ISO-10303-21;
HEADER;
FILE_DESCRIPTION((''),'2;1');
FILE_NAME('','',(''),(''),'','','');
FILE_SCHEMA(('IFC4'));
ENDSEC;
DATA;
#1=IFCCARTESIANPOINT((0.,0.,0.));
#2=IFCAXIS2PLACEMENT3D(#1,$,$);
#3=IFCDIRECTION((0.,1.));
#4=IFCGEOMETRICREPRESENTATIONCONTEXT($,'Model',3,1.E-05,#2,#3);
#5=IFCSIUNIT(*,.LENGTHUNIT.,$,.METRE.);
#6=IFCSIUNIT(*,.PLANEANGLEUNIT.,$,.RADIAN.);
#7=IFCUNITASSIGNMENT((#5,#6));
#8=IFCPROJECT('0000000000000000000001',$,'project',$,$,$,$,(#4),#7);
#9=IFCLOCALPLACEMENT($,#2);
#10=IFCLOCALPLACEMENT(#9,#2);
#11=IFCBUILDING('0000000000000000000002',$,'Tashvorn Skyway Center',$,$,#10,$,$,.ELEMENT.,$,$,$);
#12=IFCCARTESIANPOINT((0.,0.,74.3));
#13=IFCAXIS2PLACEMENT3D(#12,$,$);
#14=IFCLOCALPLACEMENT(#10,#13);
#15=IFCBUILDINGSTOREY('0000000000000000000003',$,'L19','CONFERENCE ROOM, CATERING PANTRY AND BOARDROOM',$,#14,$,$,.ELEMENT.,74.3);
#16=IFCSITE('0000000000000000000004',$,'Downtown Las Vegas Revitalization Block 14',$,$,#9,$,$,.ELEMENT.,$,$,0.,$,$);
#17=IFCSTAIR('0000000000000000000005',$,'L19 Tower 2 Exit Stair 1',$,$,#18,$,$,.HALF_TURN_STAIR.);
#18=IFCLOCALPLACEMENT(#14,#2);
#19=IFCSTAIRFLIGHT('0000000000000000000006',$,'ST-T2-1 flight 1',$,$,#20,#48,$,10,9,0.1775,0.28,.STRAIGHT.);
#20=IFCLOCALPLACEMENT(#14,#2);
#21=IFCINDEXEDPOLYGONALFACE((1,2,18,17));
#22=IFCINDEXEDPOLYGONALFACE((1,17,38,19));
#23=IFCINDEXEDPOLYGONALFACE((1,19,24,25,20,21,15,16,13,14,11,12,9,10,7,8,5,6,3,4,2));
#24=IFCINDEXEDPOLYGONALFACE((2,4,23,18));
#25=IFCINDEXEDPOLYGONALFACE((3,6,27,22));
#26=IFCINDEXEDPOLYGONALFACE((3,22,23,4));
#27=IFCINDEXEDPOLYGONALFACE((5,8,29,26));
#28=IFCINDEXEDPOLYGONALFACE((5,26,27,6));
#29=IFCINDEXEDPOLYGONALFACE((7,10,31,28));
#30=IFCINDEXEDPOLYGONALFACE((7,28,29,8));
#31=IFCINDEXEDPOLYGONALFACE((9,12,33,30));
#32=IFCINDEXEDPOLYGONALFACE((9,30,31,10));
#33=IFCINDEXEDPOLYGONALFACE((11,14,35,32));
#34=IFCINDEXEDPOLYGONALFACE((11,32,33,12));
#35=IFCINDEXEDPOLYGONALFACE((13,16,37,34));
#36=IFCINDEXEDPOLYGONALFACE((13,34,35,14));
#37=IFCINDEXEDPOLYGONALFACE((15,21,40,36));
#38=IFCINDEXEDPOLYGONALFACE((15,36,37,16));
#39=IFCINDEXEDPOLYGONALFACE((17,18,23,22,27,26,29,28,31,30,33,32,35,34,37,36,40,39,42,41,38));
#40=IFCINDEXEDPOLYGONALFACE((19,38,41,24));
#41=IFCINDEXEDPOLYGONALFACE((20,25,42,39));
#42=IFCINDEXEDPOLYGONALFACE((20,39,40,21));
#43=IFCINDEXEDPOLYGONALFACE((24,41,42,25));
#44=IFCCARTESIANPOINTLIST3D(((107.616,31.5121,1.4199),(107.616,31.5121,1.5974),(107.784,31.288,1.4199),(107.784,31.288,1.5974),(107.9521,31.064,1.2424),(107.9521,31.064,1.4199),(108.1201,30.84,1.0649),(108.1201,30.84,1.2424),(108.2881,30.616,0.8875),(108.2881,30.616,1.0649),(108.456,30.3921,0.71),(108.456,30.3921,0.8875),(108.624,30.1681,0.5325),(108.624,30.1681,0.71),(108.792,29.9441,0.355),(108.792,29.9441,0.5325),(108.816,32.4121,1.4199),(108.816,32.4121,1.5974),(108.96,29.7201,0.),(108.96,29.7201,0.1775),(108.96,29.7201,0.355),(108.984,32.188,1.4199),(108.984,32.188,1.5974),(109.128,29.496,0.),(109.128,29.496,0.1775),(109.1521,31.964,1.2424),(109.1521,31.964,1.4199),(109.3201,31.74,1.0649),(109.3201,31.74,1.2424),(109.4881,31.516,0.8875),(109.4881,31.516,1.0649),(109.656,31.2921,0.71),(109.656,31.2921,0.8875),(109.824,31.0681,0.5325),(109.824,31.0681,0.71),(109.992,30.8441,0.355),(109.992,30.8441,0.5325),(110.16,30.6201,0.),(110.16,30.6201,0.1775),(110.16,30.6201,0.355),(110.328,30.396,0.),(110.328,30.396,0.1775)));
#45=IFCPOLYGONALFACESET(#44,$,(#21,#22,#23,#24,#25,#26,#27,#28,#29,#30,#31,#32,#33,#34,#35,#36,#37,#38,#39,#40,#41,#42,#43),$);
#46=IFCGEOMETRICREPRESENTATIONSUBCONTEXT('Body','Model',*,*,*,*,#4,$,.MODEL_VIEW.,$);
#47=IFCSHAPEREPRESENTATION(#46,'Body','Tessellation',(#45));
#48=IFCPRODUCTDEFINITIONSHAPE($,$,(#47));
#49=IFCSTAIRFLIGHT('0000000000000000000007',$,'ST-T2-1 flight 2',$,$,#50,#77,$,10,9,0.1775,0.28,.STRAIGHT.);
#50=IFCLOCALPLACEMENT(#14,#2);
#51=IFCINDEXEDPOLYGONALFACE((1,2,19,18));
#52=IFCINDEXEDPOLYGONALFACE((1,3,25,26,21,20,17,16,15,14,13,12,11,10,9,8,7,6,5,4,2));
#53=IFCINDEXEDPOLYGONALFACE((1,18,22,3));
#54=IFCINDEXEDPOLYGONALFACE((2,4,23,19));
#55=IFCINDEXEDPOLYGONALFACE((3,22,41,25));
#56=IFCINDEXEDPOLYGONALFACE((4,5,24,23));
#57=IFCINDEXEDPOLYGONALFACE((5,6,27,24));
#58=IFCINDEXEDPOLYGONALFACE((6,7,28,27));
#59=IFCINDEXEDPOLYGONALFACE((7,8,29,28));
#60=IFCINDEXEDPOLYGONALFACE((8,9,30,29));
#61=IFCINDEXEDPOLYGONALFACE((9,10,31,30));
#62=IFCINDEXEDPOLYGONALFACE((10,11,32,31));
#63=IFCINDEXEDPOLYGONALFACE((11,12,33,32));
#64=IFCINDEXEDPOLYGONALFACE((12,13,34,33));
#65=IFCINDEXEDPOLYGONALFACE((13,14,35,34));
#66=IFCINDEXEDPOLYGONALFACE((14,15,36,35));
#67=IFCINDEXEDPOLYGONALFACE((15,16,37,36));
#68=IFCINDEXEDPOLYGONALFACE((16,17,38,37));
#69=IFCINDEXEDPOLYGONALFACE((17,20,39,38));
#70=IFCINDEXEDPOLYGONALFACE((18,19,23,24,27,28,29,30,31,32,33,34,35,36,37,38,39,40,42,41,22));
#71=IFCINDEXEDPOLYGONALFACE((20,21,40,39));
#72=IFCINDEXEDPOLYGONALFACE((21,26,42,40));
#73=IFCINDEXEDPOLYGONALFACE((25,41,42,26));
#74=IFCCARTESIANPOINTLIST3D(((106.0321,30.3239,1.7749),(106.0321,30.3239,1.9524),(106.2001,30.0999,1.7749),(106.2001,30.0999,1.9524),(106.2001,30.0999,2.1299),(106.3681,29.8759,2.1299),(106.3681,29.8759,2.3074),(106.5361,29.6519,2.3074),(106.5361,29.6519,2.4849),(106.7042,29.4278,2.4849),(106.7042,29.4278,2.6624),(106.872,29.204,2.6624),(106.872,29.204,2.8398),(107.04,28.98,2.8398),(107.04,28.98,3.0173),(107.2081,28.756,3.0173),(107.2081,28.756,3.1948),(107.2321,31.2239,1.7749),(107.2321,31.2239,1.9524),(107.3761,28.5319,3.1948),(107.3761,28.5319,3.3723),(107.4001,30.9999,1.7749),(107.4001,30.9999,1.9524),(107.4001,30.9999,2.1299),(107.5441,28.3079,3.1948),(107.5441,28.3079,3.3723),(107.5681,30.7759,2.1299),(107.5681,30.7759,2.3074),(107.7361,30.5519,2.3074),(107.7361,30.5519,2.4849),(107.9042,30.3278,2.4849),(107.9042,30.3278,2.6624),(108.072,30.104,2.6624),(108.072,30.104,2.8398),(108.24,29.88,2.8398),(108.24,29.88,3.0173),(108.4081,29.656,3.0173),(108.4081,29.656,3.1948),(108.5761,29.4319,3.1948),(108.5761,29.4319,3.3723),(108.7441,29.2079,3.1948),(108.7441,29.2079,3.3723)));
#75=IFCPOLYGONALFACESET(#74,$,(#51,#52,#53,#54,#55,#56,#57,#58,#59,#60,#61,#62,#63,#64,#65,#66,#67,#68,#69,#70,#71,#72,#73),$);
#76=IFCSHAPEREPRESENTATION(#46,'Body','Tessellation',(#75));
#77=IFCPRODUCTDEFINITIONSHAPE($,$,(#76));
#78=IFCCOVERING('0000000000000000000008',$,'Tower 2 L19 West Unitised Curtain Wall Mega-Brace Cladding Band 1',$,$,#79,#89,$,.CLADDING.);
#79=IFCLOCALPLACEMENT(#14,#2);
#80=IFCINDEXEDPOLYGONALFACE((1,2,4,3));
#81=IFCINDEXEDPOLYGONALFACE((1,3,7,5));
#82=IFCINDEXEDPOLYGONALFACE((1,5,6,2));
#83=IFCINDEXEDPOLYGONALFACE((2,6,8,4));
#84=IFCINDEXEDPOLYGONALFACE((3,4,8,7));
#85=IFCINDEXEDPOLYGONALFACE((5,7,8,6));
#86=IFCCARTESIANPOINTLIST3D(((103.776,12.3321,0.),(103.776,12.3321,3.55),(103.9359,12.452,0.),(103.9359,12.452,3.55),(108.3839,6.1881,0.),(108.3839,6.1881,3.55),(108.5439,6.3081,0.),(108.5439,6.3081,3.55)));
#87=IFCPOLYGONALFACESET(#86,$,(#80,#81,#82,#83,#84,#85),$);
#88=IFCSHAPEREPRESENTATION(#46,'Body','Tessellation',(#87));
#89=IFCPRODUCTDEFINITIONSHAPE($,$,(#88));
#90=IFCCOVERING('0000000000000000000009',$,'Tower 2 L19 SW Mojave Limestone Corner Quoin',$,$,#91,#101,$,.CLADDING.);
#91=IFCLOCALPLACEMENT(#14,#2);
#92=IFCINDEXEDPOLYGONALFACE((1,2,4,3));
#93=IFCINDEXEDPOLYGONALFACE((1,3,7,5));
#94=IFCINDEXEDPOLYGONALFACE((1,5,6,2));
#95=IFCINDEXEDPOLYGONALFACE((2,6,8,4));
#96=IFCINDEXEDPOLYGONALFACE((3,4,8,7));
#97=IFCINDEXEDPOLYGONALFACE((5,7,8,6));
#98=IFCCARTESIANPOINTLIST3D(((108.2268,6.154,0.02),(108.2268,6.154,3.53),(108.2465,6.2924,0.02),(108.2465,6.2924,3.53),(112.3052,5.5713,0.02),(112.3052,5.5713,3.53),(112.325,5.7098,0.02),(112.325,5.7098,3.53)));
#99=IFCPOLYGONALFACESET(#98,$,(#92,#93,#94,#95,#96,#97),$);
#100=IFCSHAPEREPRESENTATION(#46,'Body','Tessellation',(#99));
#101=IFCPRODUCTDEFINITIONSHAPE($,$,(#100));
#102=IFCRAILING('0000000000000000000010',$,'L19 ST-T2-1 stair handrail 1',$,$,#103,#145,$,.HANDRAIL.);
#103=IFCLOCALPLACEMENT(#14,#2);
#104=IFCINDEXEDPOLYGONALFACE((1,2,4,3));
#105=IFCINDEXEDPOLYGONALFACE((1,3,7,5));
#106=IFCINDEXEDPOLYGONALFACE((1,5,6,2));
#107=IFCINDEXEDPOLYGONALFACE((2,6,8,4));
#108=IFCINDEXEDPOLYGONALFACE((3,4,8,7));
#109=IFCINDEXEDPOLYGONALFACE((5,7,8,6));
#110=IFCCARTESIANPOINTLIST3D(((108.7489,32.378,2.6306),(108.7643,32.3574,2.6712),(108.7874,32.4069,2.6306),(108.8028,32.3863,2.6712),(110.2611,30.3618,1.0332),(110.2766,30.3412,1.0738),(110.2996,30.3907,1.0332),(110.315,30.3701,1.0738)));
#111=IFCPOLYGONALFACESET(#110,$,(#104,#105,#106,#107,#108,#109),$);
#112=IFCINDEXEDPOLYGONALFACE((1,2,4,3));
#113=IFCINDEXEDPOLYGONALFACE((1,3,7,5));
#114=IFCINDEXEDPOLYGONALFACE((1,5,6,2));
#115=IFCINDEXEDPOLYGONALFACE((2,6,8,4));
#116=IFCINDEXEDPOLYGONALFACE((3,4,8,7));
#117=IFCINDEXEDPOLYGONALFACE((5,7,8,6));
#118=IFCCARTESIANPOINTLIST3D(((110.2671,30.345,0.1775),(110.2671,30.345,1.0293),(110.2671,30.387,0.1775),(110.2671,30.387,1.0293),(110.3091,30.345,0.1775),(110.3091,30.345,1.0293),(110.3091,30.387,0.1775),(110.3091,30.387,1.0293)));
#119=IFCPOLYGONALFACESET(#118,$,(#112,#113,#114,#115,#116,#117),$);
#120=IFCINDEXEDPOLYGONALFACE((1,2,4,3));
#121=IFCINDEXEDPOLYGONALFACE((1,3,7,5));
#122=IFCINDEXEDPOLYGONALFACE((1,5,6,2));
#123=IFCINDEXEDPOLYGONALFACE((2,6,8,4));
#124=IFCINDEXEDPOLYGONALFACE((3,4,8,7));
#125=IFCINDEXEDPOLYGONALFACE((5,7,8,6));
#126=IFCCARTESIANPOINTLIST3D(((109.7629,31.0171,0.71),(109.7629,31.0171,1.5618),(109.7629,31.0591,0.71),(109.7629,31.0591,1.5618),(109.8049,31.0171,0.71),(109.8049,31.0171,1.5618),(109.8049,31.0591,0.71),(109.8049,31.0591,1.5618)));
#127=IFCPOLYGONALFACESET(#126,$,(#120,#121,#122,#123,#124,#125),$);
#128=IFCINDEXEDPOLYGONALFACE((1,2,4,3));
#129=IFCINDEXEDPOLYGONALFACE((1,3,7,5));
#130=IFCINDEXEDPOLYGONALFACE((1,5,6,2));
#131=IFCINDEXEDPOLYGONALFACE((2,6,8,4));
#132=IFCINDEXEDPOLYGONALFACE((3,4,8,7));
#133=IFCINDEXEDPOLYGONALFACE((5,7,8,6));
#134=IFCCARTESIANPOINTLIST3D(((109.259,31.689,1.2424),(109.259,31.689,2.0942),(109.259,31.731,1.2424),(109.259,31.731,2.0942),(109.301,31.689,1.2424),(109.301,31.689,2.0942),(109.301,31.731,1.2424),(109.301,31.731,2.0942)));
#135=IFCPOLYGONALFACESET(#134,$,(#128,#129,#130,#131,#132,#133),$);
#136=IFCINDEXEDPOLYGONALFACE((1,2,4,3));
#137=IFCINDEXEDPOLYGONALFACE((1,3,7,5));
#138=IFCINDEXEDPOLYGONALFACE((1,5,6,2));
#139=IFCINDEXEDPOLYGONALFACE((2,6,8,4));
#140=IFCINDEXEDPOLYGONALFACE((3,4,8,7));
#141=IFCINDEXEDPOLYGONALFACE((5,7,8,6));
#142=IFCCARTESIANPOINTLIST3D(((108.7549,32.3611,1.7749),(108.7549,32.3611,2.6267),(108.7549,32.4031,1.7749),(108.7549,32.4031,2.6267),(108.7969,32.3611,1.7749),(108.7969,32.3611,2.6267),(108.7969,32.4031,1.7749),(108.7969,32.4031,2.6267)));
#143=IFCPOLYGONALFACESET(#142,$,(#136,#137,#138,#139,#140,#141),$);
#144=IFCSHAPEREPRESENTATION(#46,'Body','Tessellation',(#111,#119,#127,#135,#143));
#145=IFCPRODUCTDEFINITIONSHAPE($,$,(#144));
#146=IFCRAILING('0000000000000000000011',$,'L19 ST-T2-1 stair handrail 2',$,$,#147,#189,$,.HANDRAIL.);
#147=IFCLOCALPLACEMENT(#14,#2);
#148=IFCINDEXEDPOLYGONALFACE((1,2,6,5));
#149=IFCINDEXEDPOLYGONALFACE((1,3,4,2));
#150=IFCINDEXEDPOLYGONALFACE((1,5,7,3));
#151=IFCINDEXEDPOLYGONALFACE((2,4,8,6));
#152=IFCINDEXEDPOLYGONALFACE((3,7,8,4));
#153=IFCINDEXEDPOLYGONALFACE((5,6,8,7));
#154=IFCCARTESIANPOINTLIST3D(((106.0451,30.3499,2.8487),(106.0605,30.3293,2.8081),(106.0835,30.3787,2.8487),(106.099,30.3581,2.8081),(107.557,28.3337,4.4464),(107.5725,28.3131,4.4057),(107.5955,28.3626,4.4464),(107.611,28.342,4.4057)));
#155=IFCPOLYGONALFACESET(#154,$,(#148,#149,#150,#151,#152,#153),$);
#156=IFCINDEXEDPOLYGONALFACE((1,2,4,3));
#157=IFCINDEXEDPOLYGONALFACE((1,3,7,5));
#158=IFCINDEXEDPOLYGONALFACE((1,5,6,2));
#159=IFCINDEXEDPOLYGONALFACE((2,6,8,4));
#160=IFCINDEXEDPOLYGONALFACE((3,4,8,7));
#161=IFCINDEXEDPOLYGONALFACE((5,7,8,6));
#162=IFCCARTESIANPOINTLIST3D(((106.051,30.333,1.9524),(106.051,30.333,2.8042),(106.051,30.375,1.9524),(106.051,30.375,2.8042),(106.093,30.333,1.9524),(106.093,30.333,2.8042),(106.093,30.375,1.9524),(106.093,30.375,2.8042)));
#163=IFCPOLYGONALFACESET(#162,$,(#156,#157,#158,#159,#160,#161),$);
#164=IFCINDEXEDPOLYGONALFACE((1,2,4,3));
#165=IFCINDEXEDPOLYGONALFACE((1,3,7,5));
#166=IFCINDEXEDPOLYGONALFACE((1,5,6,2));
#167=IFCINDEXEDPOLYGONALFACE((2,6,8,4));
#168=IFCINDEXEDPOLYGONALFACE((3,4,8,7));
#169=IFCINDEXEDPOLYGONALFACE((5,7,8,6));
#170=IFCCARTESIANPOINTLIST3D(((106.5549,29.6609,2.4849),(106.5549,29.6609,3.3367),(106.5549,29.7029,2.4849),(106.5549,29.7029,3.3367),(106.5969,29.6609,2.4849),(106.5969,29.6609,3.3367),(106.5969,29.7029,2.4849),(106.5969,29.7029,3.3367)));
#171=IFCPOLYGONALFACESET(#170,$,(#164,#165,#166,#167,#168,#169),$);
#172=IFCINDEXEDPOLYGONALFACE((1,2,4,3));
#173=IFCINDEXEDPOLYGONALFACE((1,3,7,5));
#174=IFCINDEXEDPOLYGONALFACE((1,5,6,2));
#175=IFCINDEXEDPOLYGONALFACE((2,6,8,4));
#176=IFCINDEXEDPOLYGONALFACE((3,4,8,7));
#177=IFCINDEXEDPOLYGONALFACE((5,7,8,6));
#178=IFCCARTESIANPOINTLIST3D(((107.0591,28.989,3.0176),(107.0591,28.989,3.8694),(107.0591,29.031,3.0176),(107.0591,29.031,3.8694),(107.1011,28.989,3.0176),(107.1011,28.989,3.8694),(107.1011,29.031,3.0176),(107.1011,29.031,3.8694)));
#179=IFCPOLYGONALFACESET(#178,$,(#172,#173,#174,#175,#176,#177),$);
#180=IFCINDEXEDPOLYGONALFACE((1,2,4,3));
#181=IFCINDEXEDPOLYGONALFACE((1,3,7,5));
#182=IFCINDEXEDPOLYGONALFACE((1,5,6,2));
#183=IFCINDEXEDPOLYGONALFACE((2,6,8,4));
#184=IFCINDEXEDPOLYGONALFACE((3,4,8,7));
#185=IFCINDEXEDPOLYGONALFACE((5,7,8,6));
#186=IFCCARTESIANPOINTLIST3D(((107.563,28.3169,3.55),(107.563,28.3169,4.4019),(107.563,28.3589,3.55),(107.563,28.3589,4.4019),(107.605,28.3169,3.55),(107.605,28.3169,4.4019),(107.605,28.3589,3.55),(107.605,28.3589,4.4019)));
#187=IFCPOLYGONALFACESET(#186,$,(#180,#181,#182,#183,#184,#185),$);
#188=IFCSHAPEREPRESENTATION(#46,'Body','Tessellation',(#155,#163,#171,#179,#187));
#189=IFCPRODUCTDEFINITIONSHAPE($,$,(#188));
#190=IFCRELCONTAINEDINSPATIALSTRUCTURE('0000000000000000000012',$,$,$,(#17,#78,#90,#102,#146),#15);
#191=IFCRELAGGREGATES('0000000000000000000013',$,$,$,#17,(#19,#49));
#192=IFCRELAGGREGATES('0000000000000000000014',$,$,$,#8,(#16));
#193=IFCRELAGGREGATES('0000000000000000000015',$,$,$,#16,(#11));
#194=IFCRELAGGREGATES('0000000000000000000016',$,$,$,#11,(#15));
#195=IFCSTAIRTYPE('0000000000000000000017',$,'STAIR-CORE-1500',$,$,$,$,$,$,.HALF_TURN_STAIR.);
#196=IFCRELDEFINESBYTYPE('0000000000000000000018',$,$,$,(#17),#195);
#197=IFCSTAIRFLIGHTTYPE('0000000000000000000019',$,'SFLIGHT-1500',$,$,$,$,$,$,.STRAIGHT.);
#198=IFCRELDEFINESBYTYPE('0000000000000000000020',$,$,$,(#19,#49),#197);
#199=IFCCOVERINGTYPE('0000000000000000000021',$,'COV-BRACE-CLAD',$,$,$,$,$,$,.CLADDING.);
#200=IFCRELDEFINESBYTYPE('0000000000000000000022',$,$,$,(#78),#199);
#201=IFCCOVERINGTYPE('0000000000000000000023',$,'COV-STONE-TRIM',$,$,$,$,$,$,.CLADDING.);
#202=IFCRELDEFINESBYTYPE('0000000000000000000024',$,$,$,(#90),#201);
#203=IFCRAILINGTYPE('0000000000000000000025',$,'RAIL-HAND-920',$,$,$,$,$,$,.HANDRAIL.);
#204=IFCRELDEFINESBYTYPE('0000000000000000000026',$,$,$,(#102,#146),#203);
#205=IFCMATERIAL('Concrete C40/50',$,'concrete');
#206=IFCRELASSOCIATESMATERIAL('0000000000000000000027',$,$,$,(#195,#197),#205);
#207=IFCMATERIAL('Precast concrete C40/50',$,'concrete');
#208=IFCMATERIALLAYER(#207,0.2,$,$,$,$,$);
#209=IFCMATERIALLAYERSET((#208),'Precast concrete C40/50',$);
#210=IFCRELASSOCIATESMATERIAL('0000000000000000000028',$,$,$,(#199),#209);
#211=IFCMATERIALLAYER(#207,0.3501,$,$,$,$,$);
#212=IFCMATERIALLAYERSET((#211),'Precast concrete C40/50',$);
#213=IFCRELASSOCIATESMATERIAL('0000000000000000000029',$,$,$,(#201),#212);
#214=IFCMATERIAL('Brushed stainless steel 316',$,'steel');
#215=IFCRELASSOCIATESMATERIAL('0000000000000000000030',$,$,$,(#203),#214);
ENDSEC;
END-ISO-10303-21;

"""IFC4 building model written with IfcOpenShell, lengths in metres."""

from ifc_helpers import new_model, si_unit, direction, frame, origin, origin_2d, place, context, subcontext, project, spatial, polyline, rectangle, outline, extrude, material, layer, layer_set, type_object, element, aggregate, save


model = new_model("IFC4")

# Units and contexts
model_context = context("Model", 3, precision=1e-05, world=origin(), true_north=direction((0.0, 1.0)))
body_context = subcontext(model_context, "Body", "Model", "MODEL_VIEW")
ifc_project = project(units=[si_unit("LENGTHUNIT", "METRE"), si_unit("PLANEANGLEUNIT", "RADIAN")], contexts=[model_context])

# Site, building, storey
site_placement = place(None, origin())
site = spatial("IfcSite", under=ifc_project, at=site_placement, Name="Downtown Las Vegas Revitalization Block 14", CompositionType="ELEMENT", RefElevation=0.0)
building_placement = place(site_placement, origin())
building = spatial("IfcBuilding", under=site, at=building_placement, Name="Tashvorn Skyway Center", CompositionType="ELEMENT")
storey_placement = place(building_placement, frame((0.0, 0.0, 74.3)))
storey = spatial("IfcBuildingStorey", under=building, at=storey_placement, Name="L19", Description="CONFERENCE ROOM, CATERING PANTRY AND BOARDROOM", CompositionType="ELEMENT", Elevation=74.3)

# Shared definitions
ifc_material_1 = material(Name="Precast concrete C40/50", Category="concrete")

# Shared definitions
ifc_material_2 = material(Name="Concrete C40/50", Category="concrete")

# Stair, stair flights
stair_type = type_object("IfcStairType", Name="STAIR-CORE-1500", PredefinedType="HALF_TURN_STAIR", material=ifc_material_2)
stair_placement = place(storey_placement, origin())
stair = element("IfcStair", 1, at=stair_placement, inside=storey, type_object=stair_type, Name="L19 Tower 2 Exit Stair 1", PredefinedType="HALF_TURN_STAIR")
stair_flight_type = type_object("IfcStairFlightType", Name="SFLIGHT-1500", PredefinedType="STRAIGHT", material=ifc_material_2)
stair_flight_1_placement = place(storey_placement, frame((109.728, 29.946, 0.0), z_axis=(0.0, 0.0, 1.0), x_axis=(-0.6, 0.8, 0.0)))
stair_flight_1 = element("IfcStairFlight", 2, at=stair_flight_1_placement, type_object=stair_flight_type, Name="ST-T2-1 flight 1", NumberOfRisers=10, NumberOfTreads=9, PredefinedType="STRAIGHT", RiserHeight=0.1775, TreadLength=0.28, context=body_context, shape_type="SweptSolid", body=[
    extrude(outline(polyline([(0.0, 0.0), (0.0, 0.1775), (0.28, 0.1775), (0.28, 0.355), (0.5601, 0.355), (0.5601, 0.5325), (0.8401, 0.5325), (0.8401, 0.71), (1.1201, 0.71), (1.1201, 0.8875), (1.3999, 0.8875), (1.3999, 1.0649), (1.6799, 1.0649), (1.6799, 1.2424), (1.96, 1.2424), (1.96, 1.4199), (2.24, 1.4199), (2.24, 1.5974), (2.52, 1.5974), (2.52, 1.7749), (2.52, 1.4199), (0.28, 0.0), (0.0, 0.0)])), frame((0.0, 0.75, 0.0), z_axis=(0.0, -1.0, 0.0), x_axis=(1.0, 0.0, 0.0)), (0.0, 0.0, 1.0), 1.5),
])
stair_flight_2_placement = place(storey_placement, frame((106.6321, 30.7739, 1.7749), z_axis=(0.0, 0.0, 1.0), x_axis=(0.6, -0.8, 0.0)))
stair_flight_2 = element("IfcStairFlight", 3, at=stair_flight_2_placement, type_object=stair_flight_type, Name="ST-T2-1 flight 2", NumberOfRisers=10, NumberOfTreads=9, PredefinedType="STRAIGHT", RiserHeight=0.1775, TreadLength=0.28, context=body_context, shape_type="SweptSolid", body=[
    extrude(outline(polyline([(0.0, 0.0), (0.0, 0.1775), (0.28, 0.1775), (0.28, 0.355), (0.5601, 0.355), (0.5601, 0.5325), (0.8401, 0.5325), (0.8401, 0.71), (1.1201, 0.71), (1.1201, 0.8875), (1.3999, 0.8875), (1.3999, 1.0649), (1.6799, 1.0649), (1.6799, 1.2424), (1.96, 1.2424), (1.96, 1.4199), (2.24, 1.4199), (2.24, 1.5974), (2.52, 1.5974), (2.52, 1.7749), (2.52, 1.4199), (0.28, 0.0), (0.0, 0.0)])), frame((0.0, 0.75, 0.0), z_axis=(0.0, -1.0, 0.0), x_axis=(1.0, 0.0, 0.0)), (0.0, 0.0, 1.0), 1.5),
])
aggregate(stair, [stair_flight_1, stair_flight_2])

# Coverings
ifc_layer_1 = layer(ifc_material_1, 0.2)
ifc_layer_set_1 = layer_set([ifc_layer_1], Name="Precast concrete C40/50")
covering_type_1 = type_object("IfcCoveringType", Name="COV-BRACE-CLAD", PredefinedType="CLADDING", material=ifc_layer_set_1)
covering_1_placement = place(storey_placement, frame((106.1599, 9.3201, 0.0), z_axis=(0.0, 0.0, 1.0), x_axis=(-0.6, 0.8, 0.0)))
element("IfcCovering", 4, at=covering_1_placement, inside=storey, type_object=covering_type_1, Name="Tower 2 L19 West Unitised Curtain Wall Mega-Brace Cladding Band 1", PredefinedType="CLADDING", context=body_context, shape_type="SweptSolid", body=[
    extrude(rectangle(XDim=7.6799, YDim=0.2, at=origin_2d()), origin(), (0.0, 0.0, 1.0), 3.55),
])
ifc_layer_2 = layer(ifc_material_1, 0.3501)
ifc_layer_set_2 = layer_set([ifc_layer_2], Name="Precast concrete C40/50")
covering_type_2 = type_object("IfcCoveringType", Name="COV-STONE-TRIM", PredefinedType="CLADDING", material=ifc_layer_set_2)
covering_2_placement = place(storey_placement, frame((110.2759, 5.9319, 0.02), z_axis=(0.0, 0.0, 1.0), x_axis=(-0.989949, 0.141421, 0.0)))
element("IfcCovering", 5, at=covering_2_placement, inside=storey, type_object=covering_type_2, Name="Tower 2 L19 SW Mojave Limestone Corner Quoin", PredefinedType="CLADDING", context=body_context, shape_type="SweptSolid", body=[
    extrude(rectangle(XDim=4.1199, YDim=0.1399, at=origin_2d()), origin(), (0.0, 0.0, 1.0), 3.51),
])

# Railings
ifc_material_3 = material(Name="Brushed stainless steel 316", Category="steel")
railing_type_1 = type_object("IfcRailingType", Name="RAIL-HAND-920", PredefinedType="HANDRAIL", material=ifc_material_3)
railing_1_placement = place(storey_placement, frame((110.2881, 30.366, 0.1775)))
element("IfcRailing", 6, at=railing_1_placement, inside=storey, type_object=railing_type_1, Name="L19 ST-T2-1 stair handrail 1", PredefinedType="HANDRAIL", context=body_context, shape_type="SweptSolid", body=[
    extrude(rectangle(XDim=0.0481, YDim=0.0481, at=origin_2d()), frame((0.0, 0.0, 0.876), z_axis=(-0.506802, 0.675681, 0.535357), x_axis=(-0.799977, -0.600031, 0.0)), (0.0, 0.0, 1.0), 2.9839),
    extrude(rectangle(XDim=0.042, YDim=0.042, at=origin_2d()), origin(), (0.0, 0.0, 1.0), 0.8518),
    extrude(rectangle(XDim=0.042, YDim=0.042, at=origin_2d()), frame((-0.5042, 0.6721, 0.5325)), (0.0, 0.0, 1.0), 0.8518),
    extrude(rectangle(XDim=0.042, YDim=0.042, at=origin_2d()), frame((-1.0081, 1.344, 1.0649)), (0.0, 0.0, 1.0), 0.8518),
    extrude(rectangle(XDim=0.042, YDim=0.042, at=origin_2d()), frame((-1.5122, 2.0161, 1.5974)), (0.0, 0.0, 1.0), 0.8518),
])
railing_2_placement = place(storey_placement, frame((106.072, 30.354, 1.9524)))
element("IfcRailing", 7, at=railing_2_placement, inside=storey, type_object=railing_type_1, Name="L19 ST-T2-1 stair handrail 2", PredefinedType="HANDRAIL", context=body_context, shape_type="SweptSolid", body=[
    extrude(rectangle(XDim=0.0481, YDim=0.0481, at=origin_2d()), frame((0.0, 0.0, 0.876), z_axis=(0.506719, -0.675679, 0.535438), x_axis=(0.800023, 0.599969, 0.0)), (0.0, 0.0, 1.0), 2.9839),
    extrude(rectangle(XDim=0.042, YDim=0.042, at=origin_2d()), origin(), (0.0, 0.0, 1.0), 0.8518),
    extrude(rectangle(XDim=0.042, YDim=0.042, at=origin_2d()), frame((0.5039, -0.6721, 0.5325)), (0.0, 0.0, 1.0), 0.8518),
    extrude(rectangle(XDim=0.042, YDim=0.042, at=origin_2d()), frame((1.0081, -1.344, 1.0652)), (0.0, 0.0, 1.0), 0.8518),
    extrude(rectangle(XDim=0.042, YDim=0.042, at=origin_2d()), frame((1.512, -2.0161, 1.5977)), (0.0, 0.0, 1.0), 0.8518),
])

save(model, "model.ifc")
